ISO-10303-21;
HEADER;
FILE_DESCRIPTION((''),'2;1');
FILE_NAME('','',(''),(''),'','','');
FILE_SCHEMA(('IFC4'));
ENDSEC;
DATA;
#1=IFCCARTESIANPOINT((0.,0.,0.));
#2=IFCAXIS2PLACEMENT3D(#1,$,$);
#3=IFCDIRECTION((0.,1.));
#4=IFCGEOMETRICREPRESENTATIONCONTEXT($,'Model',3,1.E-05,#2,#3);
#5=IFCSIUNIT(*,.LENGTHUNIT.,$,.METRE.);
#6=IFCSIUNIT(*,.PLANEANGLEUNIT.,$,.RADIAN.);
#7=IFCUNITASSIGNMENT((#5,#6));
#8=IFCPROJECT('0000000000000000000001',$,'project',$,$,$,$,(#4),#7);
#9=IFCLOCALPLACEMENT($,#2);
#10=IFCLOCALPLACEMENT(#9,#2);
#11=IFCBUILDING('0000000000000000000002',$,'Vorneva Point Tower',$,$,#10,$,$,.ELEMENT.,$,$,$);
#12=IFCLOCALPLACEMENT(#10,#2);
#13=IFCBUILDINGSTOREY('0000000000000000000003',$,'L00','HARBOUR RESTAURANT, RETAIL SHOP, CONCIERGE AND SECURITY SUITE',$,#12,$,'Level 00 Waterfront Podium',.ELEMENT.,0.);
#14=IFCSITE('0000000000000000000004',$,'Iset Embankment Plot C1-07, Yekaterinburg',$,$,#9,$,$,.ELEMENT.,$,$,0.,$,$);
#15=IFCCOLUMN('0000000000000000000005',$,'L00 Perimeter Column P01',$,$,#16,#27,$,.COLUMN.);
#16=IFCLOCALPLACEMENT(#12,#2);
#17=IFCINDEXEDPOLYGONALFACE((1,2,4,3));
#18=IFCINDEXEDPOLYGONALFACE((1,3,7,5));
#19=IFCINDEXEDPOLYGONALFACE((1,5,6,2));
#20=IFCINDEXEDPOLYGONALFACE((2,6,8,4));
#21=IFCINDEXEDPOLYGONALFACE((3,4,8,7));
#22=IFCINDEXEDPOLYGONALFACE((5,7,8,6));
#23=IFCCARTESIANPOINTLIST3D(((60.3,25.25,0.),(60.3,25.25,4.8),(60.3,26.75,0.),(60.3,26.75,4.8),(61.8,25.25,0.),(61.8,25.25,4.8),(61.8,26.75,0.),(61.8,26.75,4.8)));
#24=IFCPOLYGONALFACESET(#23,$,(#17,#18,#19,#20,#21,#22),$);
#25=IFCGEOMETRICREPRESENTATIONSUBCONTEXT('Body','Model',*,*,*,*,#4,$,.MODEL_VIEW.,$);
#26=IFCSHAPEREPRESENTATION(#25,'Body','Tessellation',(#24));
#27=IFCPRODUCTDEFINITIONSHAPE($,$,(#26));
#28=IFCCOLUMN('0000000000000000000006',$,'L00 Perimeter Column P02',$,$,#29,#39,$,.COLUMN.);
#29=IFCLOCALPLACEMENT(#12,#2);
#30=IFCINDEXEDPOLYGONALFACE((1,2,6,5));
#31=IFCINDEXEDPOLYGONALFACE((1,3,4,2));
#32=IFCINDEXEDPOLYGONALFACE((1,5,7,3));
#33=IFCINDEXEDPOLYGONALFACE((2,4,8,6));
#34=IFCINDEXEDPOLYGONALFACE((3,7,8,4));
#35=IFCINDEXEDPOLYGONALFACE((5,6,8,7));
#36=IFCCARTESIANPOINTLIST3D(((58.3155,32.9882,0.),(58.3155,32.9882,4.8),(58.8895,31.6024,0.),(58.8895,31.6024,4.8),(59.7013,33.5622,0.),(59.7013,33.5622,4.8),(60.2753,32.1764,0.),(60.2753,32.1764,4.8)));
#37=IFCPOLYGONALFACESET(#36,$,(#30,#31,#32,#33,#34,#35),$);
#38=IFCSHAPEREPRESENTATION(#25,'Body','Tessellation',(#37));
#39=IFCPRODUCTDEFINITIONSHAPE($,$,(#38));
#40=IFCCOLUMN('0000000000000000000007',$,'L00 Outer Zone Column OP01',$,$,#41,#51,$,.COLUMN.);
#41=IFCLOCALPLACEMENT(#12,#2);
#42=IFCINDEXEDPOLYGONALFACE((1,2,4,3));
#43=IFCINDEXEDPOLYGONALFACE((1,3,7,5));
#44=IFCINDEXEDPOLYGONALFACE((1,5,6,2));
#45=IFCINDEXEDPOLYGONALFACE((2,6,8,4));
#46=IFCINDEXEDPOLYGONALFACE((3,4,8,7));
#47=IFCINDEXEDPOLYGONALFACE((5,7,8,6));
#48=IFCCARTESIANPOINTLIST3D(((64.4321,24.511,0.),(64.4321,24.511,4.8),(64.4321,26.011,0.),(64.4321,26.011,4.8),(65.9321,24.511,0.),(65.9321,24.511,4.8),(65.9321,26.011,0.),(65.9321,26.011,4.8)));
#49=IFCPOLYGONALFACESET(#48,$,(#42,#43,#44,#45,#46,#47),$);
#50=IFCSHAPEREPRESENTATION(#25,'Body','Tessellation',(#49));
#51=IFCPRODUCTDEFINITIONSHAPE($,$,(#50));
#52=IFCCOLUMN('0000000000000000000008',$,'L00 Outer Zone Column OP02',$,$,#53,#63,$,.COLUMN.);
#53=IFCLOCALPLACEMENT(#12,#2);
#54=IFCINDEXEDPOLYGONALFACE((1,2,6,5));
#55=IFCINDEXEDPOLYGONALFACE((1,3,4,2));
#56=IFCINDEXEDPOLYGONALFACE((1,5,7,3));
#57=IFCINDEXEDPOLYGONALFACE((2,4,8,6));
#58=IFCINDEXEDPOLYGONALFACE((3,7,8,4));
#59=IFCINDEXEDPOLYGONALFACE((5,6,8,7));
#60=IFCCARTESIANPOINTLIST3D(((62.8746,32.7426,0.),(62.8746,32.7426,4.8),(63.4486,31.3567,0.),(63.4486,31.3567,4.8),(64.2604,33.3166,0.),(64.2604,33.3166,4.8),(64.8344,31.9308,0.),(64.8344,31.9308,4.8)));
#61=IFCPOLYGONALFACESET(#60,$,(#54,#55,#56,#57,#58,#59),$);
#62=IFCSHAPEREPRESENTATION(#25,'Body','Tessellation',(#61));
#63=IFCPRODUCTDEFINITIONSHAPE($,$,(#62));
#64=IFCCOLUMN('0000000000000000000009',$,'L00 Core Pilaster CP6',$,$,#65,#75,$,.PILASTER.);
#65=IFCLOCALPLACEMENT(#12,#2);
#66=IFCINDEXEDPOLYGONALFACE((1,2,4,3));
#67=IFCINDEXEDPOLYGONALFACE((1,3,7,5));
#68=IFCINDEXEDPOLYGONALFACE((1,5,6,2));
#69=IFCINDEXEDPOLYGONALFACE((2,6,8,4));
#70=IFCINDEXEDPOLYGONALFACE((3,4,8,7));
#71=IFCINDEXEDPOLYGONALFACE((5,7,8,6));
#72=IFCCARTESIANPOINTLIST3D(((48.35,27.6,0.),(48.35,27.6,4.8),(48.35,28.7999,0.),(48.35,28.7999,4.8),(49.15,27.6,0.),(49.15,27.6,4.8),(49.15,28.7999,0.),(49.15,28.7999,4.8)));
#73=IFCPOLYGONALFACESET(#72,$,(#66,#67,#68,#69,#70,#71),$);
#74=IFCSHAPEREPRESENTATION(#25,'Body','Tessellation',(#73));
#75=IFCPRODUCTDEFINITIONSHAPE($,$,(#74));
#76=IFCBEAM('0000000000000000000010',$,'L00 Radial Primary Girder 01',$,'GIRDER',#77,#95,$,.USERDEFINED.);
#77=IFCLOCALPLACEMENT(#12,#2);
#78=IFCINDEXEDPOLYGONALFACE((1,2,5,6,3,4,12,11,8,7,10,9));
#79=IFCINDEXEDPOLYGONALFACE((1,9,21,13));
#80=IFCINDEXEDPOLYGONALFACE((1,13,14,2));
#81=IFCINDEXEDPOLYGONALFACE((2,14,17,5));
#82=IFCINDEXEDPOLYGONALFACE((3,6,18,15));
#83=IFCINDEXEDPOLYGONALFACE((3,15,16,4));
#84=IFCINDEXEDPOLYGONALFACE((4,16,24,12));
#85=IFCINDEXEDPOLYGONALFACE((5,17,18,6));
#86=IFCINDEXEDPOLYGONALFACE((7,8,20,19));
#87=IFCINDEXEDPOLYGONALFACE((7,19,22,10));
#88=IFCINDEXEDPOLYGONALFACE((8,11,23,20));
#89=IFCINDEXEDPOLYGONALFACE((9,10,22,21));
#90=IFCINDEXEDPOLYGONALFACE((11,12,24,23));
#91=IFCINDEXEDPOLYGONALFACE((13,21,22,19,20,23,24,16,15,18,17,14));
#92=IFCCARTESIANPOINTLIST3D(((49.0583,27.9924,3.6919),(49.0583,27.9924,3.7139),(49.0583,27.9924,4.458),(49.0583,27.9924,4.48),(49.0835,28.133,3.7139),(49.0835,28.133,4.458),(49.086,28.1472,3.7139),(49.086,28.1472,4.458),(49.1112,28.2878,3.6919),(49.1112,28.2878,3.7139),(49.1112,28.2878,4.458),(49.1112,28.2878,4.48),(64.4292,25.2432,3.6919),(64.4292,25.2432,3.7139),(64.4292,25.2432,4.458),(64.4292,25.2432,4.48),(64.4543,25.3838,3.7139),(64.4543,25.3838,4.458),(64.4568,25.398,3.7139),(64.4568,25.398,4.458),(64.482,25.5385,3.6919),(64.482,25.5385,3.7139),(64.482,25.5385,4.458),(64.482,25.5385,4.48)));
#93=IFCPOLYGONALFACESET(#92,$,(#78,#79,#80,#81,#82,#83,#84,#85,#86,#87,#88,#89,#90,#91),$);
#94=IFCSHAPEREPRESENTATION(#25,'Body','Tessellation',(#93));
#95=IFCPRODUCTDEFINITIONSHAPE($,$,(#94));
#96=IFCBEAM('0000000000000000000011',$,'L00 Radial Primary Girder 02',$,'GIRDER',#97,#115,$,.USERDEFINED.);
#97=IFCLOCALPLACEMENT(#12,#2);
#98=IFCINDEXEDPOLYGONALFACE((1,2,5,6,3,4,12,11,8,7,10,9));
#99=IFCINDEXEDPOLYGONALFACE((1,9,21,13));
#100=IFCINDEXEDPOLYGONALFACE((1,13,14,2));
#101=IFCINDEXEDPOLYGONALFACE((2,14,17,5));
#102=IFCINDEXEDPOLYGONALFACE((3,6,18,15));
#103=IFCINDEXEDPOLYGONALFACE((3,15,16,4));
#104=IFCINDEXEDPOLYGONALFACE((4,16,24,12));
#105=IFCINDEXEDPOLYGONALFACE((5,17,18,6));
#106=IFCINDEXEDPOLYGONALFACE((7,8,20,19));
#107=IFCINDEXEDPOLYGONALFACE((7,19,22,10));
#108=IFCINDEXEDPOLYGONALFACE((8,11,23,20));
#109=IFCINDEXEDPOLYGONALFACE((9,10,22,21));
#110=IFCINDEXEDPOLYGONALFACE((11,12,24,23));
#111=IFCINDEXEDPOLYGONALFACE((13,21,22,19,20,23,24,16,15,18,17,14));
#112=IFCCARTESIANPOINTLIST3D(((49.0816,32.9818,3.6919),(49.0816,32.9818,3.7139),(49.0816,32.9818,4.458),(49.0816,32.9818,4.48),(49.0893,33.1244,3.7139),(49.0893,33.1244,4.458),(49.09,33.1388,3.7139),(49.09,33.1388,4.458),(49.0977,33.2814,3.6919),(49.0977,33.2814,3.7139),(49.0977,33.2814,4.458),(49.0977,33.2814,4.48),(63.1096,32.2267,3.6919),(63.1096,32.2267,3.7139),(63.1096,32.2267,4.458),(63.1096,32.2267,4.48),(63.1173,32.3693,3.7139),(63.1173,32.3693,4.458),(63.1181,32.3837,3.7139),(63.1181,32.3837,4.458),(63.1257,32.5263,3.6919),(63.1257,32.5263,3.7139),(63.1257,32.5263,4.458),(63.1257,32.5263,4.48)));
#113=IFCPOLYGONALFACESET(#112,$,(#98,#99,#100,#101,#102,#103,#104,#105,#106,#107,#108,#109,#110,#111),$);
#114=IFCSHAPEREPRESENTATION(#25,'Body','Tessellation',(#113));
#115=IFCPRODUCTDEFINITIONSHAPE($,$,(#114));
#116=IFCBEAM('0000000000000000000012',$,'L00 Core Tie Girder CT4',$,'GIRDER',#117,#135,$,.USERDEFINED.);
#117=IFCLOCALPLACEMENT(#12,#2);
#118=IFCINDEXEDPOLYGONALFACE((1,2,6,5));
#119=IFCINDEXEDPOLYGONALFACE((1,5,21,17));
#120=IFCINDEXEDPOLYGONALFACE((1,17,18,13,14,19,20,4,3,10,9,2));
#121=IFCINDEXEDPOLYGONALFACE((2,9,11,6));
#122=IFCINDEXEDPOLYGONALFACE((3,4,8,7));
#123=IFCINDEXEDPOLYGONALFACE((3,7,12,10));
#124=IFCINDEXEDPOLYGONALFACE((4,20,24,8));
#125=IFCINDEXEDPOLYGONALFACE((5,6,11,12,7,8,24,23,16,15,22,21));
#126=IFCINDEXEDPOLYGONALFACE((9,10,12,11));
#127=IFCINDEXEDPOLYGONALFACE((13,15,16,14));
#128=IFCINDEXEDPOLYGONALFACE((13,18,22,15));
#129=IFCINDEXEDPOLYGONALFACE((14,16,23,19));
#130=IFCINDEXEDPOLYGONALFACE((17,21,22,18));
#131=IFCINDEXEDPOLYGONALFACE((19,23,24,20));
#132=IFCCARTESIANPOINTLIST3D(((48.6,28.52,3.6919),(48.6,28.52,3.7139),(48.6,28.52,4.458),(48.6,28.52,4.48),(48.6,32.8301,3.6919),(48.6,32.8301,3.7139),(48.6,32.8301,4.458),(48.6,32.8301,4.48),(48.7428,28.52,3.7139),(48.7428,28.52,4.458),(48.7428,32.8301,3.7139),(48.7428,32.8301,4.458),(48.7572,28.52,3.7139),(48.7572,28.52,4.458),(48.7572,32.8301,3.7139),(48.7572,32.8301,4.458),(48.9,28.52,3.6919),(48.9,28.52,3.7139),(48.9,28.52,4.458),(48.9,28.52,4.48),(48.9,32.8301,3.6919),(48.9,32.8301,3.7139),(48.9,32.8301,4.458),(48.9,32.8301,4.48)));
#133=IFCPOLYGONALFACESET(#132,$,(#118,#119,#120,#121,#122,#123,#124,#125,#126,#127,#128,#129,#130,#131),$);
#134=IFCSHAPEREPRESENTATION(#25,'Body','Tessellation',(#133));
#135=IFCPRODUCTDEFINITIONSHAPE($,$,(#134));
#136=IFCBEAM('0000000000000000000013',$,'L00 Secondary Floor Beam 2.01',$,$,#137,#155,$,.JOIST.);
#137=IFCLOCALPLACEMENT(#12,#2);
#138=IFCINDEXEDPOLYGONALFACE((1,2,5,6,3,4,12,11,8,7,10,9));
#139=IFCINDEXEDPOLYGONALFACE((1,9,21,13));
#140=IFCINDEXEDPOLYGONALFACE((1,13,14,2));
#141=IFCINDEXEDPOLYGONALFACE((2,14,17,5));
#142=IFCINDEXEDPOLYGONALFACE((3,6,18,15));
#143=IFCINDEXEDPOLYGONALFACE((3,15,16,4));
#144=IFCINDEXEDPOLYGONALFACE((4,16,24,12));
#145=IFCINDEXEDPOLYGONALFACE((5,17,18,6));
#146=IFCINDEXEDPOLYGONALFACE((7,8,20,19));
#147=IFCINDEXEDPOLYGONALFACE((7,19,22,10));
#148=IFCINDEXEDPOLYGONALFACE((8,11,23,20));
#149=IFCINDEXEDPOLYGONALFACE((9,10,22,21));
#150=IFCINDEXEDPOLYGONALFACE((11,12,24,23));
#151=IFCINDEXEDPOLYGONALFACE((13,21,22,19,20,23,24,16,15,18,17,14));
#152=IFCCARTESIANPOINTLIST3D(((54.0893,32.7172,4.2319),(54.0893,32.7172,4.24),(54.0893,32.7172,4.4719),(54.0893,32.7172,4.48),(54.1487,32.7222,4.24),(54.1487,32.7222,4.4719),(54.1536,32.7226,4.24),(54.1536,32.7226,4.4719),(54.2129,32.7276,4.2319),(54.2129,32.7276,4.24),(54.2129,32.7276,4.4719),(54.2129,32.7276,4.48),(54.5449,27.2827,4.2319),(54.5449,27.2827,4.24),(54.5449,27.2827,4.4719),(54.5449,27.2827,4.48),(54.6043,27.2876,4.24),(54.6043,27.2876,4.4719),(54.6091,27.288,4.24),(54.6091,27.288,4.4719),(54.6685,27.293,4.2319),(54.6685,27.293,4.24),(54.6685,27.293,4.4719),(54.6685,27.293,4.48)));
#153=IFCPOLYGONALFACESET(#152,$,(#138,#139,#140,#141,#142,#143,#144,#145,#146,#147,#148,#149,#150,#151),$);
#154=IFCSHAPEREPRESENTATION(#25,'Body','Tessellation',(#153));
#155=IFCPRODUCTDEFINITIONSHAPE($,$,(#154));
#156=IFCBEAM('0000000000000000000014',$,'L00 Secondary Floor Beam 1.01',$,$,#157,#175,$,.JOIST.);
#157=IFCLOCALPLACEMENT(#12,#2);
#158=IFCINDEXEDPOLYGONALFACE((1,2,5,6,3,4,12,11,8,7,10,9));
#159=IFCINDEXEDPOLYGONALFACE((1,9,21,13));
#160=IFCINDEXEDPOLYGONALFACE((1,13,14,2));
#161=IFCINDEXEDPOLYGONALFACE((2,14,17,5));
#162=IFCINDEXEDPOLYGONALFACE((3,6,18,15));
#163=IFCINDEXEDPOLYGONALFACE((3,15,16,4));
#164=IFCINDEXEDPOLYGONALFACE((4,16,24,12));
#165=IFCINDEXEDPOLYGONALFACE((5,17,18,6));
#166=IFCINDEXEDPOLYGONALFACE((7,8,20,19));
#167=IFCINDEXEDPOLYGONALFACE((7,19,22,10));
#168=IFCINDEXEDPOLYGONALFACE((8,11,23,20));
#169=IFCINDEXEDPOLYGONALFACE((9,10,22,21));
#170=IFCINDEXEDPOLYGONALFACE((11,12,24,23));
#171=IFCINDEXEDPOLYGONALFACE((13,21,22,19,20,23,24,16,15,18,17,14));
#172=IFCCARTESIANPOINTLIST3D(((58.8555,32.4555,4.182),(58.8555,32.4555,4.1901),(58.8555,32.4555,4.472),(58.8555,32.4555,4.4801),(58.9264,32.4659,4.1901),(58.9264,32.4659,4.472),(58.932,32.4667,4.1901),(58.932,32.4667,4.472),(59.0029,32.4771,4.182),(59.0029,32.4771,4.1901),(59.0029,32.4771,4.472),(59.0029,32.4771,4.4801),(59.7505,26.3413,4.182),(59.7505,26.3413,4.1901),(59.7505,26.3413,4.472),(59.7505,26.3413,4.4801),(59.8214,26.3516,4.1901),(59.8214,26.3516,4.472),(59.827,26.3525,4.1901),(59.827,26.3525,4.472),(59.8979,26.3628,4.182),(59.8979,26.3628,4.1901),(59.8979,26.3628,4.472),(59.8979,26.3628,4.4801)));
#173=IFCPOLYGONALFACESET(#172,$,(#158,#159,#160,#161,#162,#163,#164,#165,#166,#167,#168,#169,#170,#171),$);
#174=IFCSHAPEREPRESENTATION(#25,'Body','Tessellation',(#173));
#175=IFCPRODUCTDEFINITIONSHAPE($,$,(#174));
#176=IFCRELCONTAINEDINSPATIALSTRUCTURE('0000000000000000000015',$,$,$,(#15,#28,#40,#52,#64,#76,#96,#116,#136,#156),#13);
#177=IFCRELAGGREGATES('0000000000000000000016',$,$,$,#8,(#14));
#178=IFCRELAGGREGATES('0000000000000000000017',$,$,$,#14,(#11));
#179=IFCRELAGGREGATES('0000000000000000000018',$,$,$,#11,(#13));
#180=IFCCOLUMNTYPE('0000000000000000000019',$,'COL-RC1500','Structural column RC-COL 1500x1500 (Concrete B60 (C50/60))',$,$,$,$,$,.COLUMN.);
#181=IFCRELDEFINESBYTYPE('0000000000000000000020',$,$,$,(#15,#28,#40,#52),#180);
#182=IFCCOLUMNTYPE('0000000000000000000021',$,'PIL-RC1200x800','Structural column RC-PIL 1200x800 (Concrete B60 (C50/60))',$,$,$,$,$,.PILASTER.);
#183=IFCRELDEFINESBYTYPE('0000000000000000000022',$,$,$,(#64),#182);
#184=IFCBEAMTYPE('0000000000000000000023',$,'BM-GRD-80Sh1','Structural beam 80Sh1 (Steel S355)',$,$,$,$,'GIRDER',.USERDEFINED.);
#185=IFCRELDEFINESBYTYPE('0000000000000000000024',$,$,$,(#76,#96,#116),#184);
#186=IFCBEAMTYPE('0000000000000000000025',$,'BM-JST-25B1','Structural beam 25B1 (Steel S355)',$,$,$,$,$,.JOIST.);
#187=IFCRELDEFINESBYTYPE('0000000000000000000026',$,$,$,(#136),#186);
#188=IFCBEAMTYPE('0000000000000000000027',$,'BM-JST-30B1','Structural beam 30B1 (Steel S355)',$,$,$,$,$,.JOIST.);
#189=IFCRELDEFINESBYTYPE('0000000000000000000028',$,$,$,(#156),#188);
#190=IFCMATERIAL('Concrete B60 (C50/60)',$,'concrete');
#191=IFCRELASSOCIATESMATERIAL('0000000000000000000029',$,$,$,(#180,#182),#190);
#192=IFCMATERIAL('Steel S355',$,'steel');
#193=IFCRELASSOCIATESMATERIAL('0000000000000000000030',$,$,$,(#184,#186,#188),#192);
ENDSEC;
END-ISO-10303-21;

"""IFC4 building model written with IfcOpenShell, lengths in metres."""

from ifc_helpers import new_model, si_unit, direction, frame, origin, origin_2d, place, context, subcontext, project, spatial, rectangle, i_section, extrude, material, material_profile, profile_set, type_object, element, save


model = new_model("IFC4")

# Units and contexts
model_context = context("Model", 3, precision=1e-05, world=origin(), true_north=direction((0.0, 1.0)))
body_context = subcontext(model_context, "Body", "Model", "MODEL_VIEW")
ifc_project = project(units=[si_unit("LENGTHUNIT", "METRE"), si_unit("PLANEANGLEUNIT", "RADIAN")], contexts=[model_context])

# Site, building, storey
site_placement = place(None, origin())
site = spatial("IfcSite", under=ifc_project, at=site_placement, Name="Iset Embankment Plot C1-07, Yekaterinburg", CompositionType="ELEMENT", RefElevation=0.0)
building_placement = place(site_placement, origin())
building = spatial("IfcBuilding", under=site, at=building_placement, Name="Vorneva Point Tower", CompositionType="ELEMENT")
storey_placement = place(building_placement, origin())
storey = spatial("IfcBuildingStorey", under=building, at=storey_placement, Name="L00", Description="HARBOUR RESTAURANT, RETAIL SHOP, CONCIERGE AND SECURITY SUITE", LongName="Level 00 Waterfront Podium", CompositionType="ELEMENT", Elevation=0.0)

# Columns
ifc_material_1 = material(Name="Concrete B60 (C50/60)", Category="concrete")
ifc_material_profile_1 = material_profile(ifc_material_1, rectangle(XDim=1.5, YDim=1.5, at=origin_2d()), Name="RC-COL 1500x1500")
ifc_profile_set_1 = profile_set([ifc_material_profile_1], Name="Concrete B60 (C50/60)")
column_type_1 = type_object("IfcColumnType", Name="COL-RC1500", Description="Structural column RC-COL 1500x1500 (Concrete B60 (C50/60))", PredefinedType="COLUMN", material=ifc_profile_set_1)
for number, where, z_axis, x_axis, name in (
    (1, (61.05, 26.0, 0.0), (0.0, 0.0, 1.0), (1.0, 0.0, 0.0), "L00 Perimeter Column P01"),
    (2, (59.2954, 32.5823, 0.0), (0.0, 0.0, 1.0), (0.92388, 0.382683, 0.0), "L00 Perimeter Column P02"),
    (3, (65.1821, 25.261, 0.0), (0.0, 0.0, 1.0), (1.0, 0.0, 0.0), "L00 Outer Zone Column OP01"),
    (4, (63.8545, 32.3367, 0.0), (0.0, 0.0, 1.0), (0.92388, 0.382683, 0.0), "L00 Outer Zone Column OP02"),
):
    element("IfcColumn", number, at=place(storey_placement, frame(where, z_axis=z_axis, x_axis=x_axis)), inside=storey, type_object=column_type_1, Name=name, PredefinedType="COLUMN", context=body_context, shape_type="SweptSolid", body=[
        extrude(rectangle(XDim=1.5, YDim=1.5, at=origin_2d()), origin(), (0.0, 0.0, 1.0), 4.8),
    ])
ifc_material_profile_2 = material_profile(ifc_material_1, rectangle(XDim=0.8, YDim=1.2, at=origin_2d()), Name="RC-PIL 1200x800")
ifc_profile_set_2 = profile_set([ifc_material_profile_2], Name="Concrete B60 (C50/60)")
column_type_2 = type_object("IfcColumnType", Name="PIL-RC1200x800", Description="Structural column RC-PIL 1200x800 (Concrete B60 (C50/60))", PredefinedType="PILASTER", material=ifc_profile_set_2)
column_placement = place(storey_placement, frame((48.75, 28.2, 0.0), z_axis=(0.0, 0.0, 1.0), x_axis=(1.0, 0.0, 0.0)))
element("IfcColumn", 5, at=column_placement, inside=storey, type_object=column_type_2, Name="L00 Core Pilaster CP6", PredefinedType="PILASTER", context=body_context, shape_type="SweptSolid", body=[
    extrude(rectangle(XDim=0.8, YDim=1.2, at=origin_2d()), origin(), (0.0, 0.0, 1.0), 4.8),
])

# Beams
ifc_material_2 = material(Name="Steel S355", Category="steel")
ifc_material_profile_3 = material_profile(ifc_material_2, i_section(OverallWidth=0.3, OverallDepth=0.7881, WebThickness=0.0144, FlangeThickness=0.022, at=origin_2d()), Name="80Sh1")
ifc_profile_set_3 = profile_set([ifc_material_profile_3], Name="Steel S355")
beam_type_1 = type_object("IfcBeamType", Name="BM-GRD-80Sh1", Description="Structural beam 80Sh1 (Steel S355)", ElementType="GIRDER", PredefinedType="USERDEFINED", material=ifc_profile_set_3)
beam_1_placement = place(storey_placement, frame((64.4556, 25.3909, 4.0859), z_axis=(-0.984378, 0.176068, 0.0), x_axis=(-0.176068, -0.984378, 0.0)))
element("IfcBeam", 6, at=beam_1_placement, inside=storey, type_object=beam_type_1, Name="L00 Radial Primary Girder 01", ObjectType="GIRDER", PredefinedType="USERDEFINED", context=body_context, shape_type="SweptSolid", body=[
    extrude(i_section(OverallWidth=0.3, OverallDepth=0.7881, WebThickness=0.0144, FlangeThickness=0.022, at=origin_2d()), origin(), (0.0, 0.0, 1.0), 15.6147),
])
beam_2_placement = place(storey_placement, frame((63.1177, 32.3765, 4.0859), z_axis=(-0.998554, 0.053752, 0.0), x_axis=(-0.053752, -0.998554, 0.0)))
element("IfcBeam", 7, at=beam_2_placement, inside=storey, type_object=beam_type_1, Name="L00 Radial Primary Girder 02", ObjectType="GIRDER", PredefinedType="USERDEFINED", context=body_context, shape_type="SweptSolid", body=[
    extrude(i_section(OverallWidth=0.3, OverallDepth=0.7881, WebThickness=0.0144, FlangeThickness=0.022, at=origin_2d()), origin(), (0.0, 0.0, 1.0), 14.0483),
])
beam_3_placement = place(storey_placement, frame((48.75, 28.52, 4.0859), z_axis=(0.0, 1.0, 0.0), x_axis=(-1.0, 0.0, 0.0)))
element("IfcBeam", 8, at=beam_3_placement, inside=storey, type_object=beam_type_1, Name="L00 Core Tie Girder CT4", ObjectType="GIRDER", PredefinedType="USERDEFINED", context=body_context, shape_type="SweptSolid", body=[
    extrude(i_section(OverallWidth=0.3, OverallDepth=0.7881, WebThickness=0.0144, FlangeThickness=0.022, at=origin_2d()), origin(), (0.0, 0.0, 1.0), 4.3101),
])
ifc_material_profile_4 = material_profile(ifc_material_2, i_section(OverallWidth=0.124, OverallDepth=0.248, WebThickness=0.0049, FlangeThickness=0.0081, at=origin_2d()), Name="25B1")
ifc_profile_set_4 = profile_set([ifc_material_profile_4], Name="Steel S355")
beam_type_2 = type_object("IfcBeamType", Name="BM-JST-25B1", Description="Structural beam 25B1 (Steel S355)", PredefinedType="JOIST", material=ifc_profile_set_4)
beam_4_placement = place(storey_placement, frame((54.6067, 27.2878, 4.356), z_axis=(-0.083535, 0.996505, 0.0), x_axis=(-0.996505, -0.083535, 0.0)))
element("IfcBeam", 9, at=beam_4_placement, inside=storey, type_object=beam_type_2, Name="L00 Secondary Floor Beam 2.01", PredefinedType="JOIST", context=body_context, shape_type="SweptSolid", body=[
    extrude(i_section(OverallWidth=0.124, OverallDepth=0.248, WebThickness=0.0049, FlangeThickness=0.0081, at=origin_2d()), origin(), (0.0, 0.0, 1.0), 5.4536),
])
ifc_material_profile_5 = material_profile(ifc_material_2, i_section(OverallWidth=0.1489, OverallDepth=0.2981, WebThickness=0.0056, FlangeThickness=0.0081, at=origin_2d()), Name="30B1")
ifc_profile_set_5 = profile_set([ifc_material_profile_5], Name="Steel S355")
beam_type_3 = type_object("IfcBeamType", Name="BM-JST-30B1", Description="Structural beam 30B1 (Steel S355)", PredefinedType="JOIST", material=ifc_profile_set_5)
beam_5_placement = place(storey_placement, frame((59.8242, 26.3521, 4.3311), z_axis=(-0.144839, 0.989455, 0.0), x_axis=(-0.989455, -0.144839, 0.0)))
element("IfcBeam", 10, at=beam_5_placement, inside=storey, type_object=beam_type_3, Name="L00 Secondary Floor Beam 1.01", PredefinedType="JOIST", context=body_context, shape_type="SweptSolid", body=[
    extrude(i_section(OverallWidth=0.1489, OverallDepth=0.2981, WebThickness=0.0056, FlangeThickness=0.0081, at=origin_2d()), origin(), (0.0, 0.0, 1.0), 6.1794),
])

save(model, "model.ifc")
